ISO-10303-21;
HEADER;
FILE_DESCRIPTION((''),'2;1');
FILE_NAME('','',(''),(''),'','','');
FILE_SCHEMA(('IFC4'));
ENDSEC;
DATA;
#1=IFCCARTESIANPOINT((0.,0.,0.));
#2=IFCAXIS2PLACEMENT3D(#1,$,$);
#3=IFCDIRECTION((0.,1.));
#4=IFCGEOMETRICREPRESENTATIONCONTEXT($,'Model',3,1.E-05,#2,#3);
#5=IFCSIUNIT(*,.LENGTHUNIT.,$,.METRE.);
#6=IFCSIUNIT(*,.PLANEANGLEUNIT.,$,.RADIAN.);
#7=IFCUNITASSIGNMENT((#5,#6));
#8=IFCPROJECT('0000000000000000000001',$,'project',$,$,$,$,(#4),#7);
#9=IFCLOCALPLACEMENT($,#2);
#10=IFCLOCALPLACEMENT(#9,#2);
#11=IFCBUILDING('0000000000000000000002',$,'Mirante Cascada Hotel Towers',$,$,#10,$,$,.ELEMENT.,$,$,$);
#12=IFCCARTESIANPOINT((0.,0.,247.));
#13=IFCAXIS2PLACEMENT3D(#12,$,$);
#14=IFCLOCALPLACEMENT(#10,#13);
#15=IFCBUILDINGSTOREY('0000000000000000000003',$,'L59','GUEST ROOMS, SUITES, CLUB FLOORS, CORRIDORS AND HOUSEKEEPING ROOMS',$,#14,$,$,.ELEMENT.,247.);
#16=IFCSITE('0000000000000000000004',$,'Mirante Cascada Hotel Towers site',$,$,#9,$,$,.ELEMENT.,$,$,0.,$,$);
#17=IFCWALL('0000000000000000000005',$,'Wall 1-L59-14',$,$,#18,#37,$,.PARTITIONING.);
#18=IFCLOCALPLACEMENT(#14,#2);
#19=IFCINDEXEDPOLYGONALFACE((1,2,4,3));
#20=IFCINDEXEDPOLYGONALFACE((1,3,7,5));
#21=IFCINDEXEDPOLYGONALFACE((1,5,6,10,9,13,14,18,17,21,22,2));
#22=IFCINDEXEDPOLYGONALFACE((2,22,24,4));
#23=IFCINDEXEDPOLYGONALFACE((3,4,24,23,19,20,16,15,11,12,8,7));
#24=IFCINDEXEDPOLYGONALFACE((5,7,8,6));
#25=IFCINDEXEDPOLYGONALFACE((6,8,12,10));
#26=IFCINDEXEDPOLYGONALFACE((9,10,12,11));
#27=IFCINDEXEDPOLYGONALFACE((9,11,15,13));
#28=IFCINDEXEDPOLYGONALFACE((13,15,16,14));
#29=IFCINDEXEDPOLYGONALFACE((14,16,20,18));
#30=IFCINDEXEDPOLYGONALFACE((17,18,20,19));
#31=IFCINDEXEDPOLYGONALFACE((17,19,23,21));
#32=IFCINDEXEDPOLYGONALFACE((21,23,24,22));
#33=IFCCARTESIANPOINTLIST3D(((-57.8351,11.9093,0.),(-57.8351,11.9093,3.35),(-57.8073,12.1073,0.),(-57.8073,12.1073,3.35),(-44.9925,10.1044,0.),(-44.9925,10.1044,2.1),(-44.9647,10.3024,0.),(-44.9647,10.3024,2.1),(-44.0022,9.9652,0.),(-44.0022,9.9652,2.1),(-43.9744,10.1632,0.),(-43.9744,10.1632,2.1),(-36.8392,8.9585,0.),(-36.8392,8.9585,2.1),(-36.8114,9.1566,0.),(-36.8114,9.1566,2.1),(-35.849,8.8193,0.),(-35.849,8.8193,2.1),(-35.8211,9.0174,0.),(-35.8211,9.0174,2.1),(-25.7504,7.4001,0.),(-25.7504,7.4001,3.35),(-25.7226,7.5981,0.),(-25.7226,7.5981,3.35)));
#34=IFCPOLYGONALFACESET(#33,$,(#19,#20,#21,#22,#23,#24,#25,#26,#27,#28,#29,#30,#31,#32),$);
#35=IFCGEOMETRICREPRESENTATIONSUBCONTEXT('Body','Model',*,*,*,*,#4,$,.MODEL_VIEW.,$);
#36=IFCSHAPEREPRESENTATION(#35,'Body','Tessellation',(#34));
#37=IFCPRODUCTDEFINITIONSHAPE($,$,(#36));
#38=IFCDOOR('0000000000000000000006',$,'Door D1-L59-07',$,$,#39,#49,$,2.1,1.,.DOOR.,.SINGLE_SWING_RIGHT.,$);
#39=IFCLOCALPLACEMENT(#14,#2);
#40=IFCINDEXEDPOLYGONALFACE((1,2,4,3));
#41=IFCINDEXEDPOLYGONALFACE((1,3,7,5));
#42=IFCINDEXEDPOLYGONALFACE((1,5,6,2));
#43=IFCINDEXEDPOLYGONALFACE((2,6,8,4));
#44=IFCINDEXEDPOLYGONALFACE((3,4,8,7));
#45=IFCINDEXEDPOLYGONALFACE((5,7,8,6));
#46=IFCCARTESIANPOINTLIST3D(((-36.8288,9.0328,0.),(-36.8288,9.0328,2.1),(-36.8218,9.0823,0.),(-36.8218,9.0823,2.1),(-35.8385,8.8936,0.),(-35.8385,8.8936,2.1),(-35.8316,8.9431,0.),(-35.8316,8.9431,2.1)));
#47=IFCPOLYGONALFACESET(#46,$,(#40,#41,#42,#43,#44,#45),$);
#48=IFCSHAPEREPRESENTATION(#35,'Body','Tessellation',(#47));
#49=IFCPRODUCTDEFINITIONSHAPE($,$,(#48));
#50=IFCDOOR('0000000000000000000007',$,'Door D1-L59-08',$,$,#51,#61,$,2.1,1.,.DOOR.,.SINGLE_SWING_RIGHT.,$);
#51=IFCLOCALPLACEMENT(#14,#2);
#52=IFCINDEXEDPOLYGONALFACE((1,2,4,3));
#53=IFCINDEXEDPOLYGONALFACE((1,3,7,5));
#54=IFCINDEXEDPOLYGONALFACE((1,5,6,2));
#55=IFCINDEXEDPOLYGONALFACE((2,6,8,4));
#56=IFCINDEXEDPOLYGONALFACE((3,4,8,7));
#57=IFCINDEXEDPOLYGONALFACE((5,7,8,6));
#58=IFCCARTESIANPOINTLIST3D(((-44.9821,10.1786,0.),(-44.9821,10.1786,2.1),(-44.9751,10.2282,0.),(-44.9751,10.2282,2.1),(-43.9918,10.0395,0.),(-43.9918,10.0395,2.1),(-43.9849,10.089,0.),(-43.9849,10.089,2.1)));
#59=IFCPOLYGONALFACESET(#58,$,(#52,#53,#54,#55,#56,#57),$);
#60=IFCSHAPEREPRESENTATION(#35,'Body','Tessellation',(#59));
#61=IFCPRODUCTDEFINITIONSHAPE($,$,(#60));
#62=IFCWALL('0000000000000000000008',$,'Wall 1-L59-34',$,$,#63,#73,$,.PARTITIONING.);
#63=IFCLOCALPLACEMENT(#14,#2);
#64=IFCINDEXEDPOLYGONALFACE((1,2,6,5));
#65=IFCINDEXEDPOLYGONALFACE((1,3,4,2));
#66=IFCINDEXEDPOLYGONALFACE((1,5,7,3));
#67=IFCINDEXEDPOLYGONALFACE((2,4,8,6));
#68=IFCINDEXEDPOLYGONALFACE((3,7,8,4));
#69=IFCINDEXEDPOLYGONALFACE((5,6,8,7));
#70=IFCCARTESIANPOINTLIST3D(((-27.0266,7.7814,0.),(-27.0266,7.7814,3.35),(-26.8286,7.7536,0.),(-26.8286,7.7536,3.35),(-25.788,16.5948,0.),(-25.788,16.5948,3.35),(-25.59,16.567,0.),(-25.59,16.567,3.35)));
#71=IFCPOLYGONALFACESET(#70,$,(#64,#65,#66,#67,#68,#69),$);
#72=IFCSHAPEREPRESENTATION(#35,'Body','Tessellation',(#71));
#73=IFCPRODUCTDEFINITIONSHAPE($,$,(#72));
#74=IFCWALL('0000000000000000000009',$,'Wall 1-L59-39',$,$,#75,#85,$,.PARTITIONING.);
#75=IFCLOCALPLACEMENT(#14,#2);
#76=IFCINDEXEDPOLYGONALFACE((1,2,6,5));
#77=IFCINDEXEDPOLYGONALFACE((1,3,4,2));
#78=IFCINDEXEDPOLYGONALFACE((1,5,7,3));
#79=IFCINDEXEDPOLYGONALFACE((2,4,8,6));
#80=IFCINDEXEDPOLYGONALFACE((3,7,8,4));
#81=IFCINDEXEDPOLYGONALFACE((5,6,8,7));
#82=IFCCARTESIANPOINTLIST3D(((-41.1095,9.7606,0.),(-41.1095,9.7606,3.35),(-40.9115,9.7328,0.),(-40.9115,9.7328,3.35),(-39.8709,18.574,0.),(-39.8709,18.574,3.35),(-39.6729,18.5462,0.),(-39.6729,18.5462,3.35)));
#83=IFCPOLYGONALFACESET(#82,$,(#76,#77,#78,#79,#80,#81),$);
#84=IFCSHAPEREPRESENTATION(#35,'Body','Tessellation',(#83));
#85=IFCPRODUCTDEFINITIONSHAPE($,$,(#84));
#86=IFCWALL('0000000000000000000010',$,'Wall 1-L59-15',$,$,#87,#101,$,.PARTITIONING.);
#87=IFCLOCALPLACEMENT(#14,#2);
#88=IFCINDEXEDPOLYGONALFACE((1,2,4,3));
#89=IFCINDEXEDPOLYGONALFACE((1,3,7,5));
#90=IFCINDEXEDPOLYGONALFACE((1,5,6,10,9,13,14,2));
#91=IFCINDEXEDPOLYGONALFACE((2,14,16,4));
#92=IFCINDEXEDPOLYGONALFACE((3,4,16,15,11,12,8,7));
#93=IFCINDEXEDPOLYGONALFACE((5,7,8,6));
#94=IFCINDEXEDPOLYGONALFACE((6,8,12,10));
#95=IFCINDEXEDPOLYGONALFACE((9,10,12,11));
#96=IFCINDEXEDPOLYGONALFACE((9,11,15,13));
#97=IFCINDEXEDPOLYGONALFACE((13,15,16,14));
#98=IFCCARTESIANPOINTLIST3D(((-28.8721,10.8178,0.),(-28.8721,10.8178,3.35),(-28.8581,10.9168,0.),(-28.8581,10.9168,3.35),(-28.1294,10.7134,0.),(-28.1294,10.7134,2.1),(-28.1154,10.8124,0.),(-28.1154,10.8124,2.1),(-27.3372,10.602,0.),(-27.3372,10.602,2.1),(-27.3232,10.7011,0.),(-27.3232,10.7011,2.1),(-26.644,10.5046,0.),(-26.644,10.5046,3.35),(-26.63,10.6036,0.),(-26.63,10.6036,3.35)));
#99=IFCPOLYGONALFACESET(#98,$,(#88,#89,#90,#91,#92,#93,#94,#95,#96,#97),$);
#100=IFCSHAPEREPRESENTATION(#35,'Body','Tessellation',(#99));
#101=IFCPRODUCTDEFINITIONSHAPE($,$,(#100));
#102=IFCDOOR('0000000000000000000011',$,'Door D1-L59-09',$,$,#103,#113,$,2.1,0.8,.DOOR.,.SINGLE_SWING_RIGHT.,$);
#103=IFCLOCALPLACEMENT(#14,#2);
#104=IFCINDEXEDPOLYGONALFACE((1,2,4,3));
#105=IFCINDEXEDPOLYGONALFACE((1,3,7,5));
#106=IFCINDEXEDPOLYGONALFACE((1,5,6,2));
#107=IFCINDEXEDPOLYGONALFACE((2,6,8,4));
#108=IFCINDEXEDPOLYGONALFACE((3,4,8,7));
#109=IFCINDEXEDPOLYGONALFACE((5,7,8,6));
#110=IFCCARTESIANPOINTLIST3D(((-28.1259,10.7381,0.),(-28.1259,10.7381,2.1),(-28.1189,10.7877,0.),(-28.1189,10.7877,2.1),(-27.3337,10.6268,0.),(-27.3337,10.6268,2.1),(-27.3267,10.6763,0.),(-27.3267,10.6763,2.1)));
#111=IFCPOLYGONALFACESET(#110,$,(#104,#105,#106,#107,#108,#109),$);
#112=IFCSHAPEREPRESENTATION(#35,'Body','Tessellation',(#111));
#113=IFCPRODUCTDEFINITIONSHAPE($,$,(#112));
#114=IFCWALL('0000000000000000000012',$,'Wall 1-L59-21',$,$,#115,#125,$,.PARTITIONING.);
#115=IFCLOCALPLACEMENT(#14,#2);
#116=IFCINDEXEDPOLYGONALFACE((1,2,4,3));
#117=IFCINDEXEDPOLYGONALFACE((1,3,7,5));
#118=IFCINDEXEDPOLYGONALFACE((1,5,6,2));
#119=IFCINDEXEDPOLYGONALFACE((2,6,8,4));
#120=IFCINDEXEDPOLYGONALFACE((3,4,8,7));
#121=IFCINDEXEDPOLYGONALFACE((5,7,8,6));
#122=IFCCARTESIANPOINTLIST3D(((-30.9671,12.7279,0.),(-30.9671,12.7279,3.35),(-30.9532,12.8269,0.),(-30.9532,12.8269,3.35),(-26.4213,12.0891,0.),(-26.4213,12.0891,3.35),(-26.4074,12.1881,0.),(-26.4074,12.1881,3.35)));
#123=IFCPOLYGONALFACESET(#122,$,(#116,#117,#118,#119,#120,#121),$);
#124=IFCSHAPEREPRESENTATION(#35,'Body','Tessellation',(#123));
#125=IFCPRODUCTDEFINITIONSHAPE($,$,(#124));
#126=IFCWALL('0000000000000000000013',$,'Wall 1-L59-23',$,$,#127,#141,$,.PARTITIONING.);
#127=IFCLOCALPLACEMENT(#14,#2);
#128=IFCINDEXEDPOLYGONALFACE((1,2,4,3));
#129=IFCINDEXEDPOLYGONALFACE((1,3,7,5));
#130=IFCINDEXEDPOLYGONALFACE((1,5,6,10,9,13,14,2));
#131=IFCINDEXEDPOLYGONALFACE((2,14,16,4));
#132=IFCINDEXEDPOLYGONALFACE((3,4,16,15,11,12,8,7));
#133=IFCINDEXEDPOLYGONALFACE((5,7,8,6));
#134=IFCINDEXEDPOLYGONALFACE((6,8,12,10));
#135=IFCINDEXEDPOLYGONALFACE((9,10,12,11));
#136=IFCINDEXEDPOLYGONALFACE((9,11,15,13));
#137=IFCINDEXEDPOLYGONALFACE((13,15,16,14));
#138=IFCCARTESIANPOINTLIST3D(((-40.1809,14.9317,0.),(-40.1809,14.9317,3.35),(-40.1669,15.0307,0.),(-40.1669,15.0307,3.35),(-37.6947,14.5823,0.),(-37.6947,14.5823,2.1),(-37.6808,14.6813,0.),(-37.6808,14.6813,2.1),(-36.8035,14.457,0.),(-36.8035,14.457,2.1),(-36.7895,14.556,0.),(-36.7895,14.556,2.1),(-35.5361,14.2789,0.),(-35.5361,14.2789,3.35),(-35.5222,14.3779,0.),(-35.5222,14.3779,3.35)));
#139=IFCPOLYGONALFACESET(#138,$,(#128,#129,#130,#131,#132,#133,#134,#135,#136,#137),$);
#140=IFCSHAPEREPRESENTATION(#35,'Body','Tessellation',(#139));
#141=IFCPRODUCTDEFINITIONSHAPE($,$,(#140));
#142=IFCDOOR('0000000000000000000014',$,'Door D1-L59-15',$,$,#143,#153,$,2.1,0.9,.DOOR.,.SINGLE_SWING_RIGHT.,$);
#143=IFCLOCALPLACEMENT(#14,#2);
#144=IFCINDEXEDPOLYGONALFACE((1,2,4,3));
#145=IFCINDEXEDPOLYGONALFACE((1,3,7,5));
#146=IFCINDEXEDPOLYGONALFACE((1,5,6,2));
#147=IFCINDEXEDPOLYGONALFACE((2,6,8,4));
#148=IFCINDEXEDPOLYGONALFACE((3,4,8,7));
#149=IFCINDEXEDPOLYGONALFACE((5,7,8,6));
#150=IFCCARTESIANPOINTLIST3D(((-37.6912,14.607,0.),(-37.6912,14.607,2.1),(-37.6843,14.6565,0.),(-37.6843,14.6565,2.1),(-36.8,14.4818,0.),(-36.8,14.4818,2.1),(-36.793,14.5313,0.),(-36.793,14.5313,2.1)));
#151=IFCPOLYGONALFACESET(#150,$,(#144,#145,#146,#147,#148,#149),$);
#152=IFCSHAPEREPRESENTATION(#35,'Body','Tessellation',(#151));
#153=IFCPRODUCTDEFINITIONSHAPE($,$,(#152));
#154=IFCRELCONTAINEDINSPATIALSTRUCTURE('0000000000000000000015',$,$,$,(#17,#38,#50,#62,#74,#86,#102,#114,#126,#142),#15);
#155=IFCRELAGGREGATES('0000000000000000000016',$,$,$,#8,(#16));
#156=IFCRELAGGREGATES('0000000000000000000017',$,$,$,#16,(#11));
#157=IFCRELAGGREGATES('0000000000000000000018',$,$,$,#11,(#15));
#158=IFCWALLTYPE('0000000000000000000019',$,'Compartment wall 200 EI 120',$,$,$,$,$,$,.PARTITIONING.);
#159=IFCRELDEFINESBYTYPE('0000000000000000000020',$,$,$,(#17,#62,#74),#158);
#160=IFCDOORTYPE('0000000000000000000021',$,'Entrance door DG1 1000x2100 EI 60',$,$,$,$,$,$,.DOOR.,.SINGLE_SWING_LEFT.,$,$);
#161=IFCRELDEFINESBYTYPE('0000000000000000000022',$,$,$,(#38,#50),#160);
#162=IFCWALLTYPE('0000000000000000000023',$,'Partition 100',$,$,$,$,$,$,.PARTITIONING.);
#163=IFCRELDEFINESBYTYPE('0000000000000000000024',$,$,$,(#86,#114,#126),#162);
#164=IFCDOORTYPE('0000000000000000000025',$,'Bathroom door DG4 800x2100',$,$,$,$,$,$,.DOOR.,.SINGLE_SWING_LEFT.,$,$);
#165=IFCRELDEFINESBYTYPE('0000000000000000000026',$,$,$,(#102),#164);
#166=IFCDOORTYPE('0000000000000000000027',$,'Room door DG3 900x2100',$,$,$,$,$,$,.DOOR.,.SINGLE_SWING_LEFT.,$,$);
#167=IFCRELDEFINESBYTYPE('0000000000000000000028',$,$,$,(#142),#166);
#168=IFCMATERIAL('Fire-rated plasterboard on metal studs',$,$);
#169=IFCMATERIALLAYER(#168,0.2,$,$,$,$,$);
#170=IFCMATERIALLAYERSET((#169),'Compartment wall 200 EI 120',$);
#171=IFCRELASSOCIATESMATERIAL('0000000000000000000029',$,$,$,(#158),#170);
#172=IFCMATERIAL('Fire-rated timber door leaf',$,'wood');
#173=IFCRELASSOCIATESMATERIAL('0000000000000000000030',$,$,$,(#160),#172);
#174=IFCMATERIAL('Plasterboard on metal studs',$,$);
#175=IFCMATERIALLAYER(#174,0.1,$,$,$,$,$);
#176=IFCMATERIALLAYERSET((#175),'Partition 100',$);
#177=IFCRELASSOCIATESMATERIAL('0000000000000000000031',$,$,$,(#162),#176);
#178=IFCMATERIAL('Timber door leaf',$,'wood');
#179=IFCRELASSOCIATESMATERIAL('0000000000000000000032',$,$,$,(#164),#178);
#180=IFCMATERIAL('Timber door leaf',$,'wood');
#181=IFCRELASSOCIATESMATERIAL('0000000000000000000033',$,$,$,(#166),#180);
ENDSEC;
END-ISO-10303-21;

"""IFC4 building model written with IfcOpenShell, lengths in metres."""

from ifc_helpers import new_model, si_unit, direction, frame, frame_2d, origin, place, context, subcontext, project, spatial, rectangle, extrude, material, layer, layer_set, type_object, element, fill, save


model = new_model("IFC4")

# Units and contexts
model_context = context("Model", 3, precision=1e-05, world=origin(), true_north=direction((0.0, 1.0)))
body_context = subcontext(model_context, "Body", "Model", "MODEL_VIEW")
ifc_project = project(units=[si_unit("LENGTHUNIT", "METRE"), si_unit("PLANEANGLEUNIT", "RADIAN")], contexts=[model_context])

# Site, building, storey
site_placement = place(None, origin())
site = spatial("IfcSite", under=ifc_project, at=site_placement, Name="Mirante Cascada Hotel Towers site", CompositionType="ELEMENT", RefElevation=0.0)
building_placement = place(site_placement, origin())
building = spatial("IfcBuilding", under=site, at=building_placement, Name="Mirante Cascada Hotel Towers", CompositionType="ELEMENT")
storey_placement = place(building_placement, frame((0.0, 0.0, 247.0)))
storey = spatial("IfcBuildingStorey", under=building, at=storey_placement, Name="L59", Description="GUEST ROOMS, SUITES, CLUB FLOORS, CORRIDORS AND HOUSEKEEPING ROOMS", CompositionType="ELEMENT", Elevation=247.0)

# Wall, openings, doors
ifc_material_1 = material(Name="Fire-rated plasterboard on metal studs")
ifc_layer_1 = layer(ifc_material_1, 0.2)
ifc_layer_set_1 = layer_set([ifc_layer_1], Name="Compartment wall 200 EI 120")
wall_type_1 = type_object("IfcWallType", Name="Compartment wall 200 EI 120", PredefinedType="PARTITIONING", material=ifc_layer_set_1)
wall_1_placement = place(storey_placement, frame((-25.7365, 7.4991, 0.0), z_axis=(0.0, 0.0, 1.0), x_axis=(-0.990268, 0.139173, 0.0)))
wall_1 = element("IfcWall", 1, at=wall_1_placement, inside=storey, type_object=wall_type_1, Name="Wall 1-L59-14", PredefinedType="PARTITIONING", context=body_context, shape_type="SweptSolid", body=[
    extrude(rectangle(XDim=32.4, YDim=0.2, at=frame_2d((16.2, 0.0))), origin(), (0.0, 0.0, 1.0), 3.35),
])
opening_1_placement = place(wall_1_placement, frame((10.1978, 0.0, 0.0)))
opening_1 = element("IfcOpeningElement", 2, at=opening_1_placement, cuts=wall_1, PredefinedType="OPENING", context=body_context, shape_type="SweptSolid", body=[
    extrude(rectangle(XDim=1.0, YDim=2.1, at=frame_2d((0.5, 1.05))), frame((0.0, 0.1, 0.0), z_axis=(0.0, -1.0, 0.0), x_axis=(1.0, 0.0, 0.0)), (0.0, 0.0, 1.0), 0.2),
])
opening_2_placement = place(wall_1_placement, frame((18.4312, 0.0, 0.0)))
opening_2 = element("IfcOpeningElement", 3, at=opening_2_placement, cuts=wall_1, PredefinedType="OPENING", context=body_context, shape_type="SweptSolid", body=[
    extrude(rectangle(XDim=1.0, YDim=2.1, at=frame_2d((0.5, 1.05))), frame((0.0, 0.1, 0.0), z_axis=(0.0, -1.0, 0.0), x_axis=(1.0, 0.0, 0.0)), (0.0, 0.0, 1.0), 0.2),
])
ifc_material_2 = material(Name="Fire-rated timber door leaf", Category="wood")
door_type_1 = type_object("IfcDoorType", Name="Entrance door DG1 1000x2100 EI 60", OperationType="SINGLE_SWING_LEFT", PredefinedType="DOOR", material=ifc_material_2)
door_1_placement = place(opening_1_placement, frame((1.0, 0.0, 0.0), z_axis=(0.0, 0.0, 1.0), x_axis=(-1.0, 0.0, 0.0)))
door_1 = element("IfcDoor", 4, at=door_1_placement, inside=storey, type_object=door_type_1, Name="Door D1-L59-07", OperationType="SINGLE_SWING_RIGHT", OverallHeight=2.1, OverallWidth=1.0, PredefinedType="DOOR", context=body_context, shape_type="SweptSolid", body=[
    extrude(rectangle(XDim=1.0, YDim=2.1, at=frame_2d((0.5, 1.05))), frame((0.0, 0.025, 0.0), z_axis=(0.0, -1.0, 0.0), x_axis=(1.0, 0.0, 0.0)), (0.0, 0.0, 1.0), 0.05),
])
fill(opening_1, door_1)
door_2_placement = place(opening_2_placement, frame((1.0, 0.0, 0.0), z_axis=(0.0, 0.0, 1.0), x_axis=(-1.0, 0.0, 0.0)))
door_2 = element("IfcDoor", 5, at=door_2_placement, inside=storey, type_object=door_type_1, Name="Door D1-L59-08", OperationType="SINGLE_SWING_RIGHT", OverallHeight=2.1, OverallWidth=1.0, PredefinedType="DOOR", context=body_context, shape_type="SweptSolid", body=[
    extrude(rectangle(XDim=1.0, YDim=2.1, at=frame_2d((0.5, 1.05))), frame((0.0, 0.025, 0.0), z_axis=(0.0, -1.0, 0.0), x_axis=(1.0, 0.0, 0.0)), (0.0, 0.0, 1.0), 0.05),
])
fill(opening_2, door_2)

# Walls
for number, where, z_axis, x_axis, name in (
    (6, (-26.9276, 7.7675, 0.0), (0.0, 0.0, 1.0), (0.139168, 0.990269, 0.0), "Wall 1-L59-34"),
    (7, (-39.7719, 18.5601, 0.0), (0.0, 0.0, 1.0), (-0.139168, -0.990269, 0.0), "Wall 1-L59-39"),
):
    element("IfcWall", number, at=place(storey_placement, frame(where, z_axis=z_axis, x_axis=x_axis)), inside=storey, type_object=wall_type_1, Name=name, PredefinedType="PARTITIONING", context=body_context, shape_type="SweptSolid", body=[
        extrude(rectangle(XDim=8.9, YDim=0.2, at=frame_2d((4.45, 0.0))), origin(), (0.0, 0.0, 1.0), 3.35),
    ])

# Wall, opening, door
ifc_material_3 = material(Name="Plasterboard on metal studs")
ifc_layer_2 = layer(ifc_material_3, 0.1)
ifc_layer_set_2 = layer_set([ifc_layer_2], Name="Partition 100")
wall_type_2 = type_object("IfcWallType", Name="Partition 100", PredefinedType="PARTITIONING", material=ifc_layer_set_2)
wall_2_placement = place(storey_placement, frame((-28.8651, 10.8673, 0.0), z_axis=(0.0, 0.0, 1.0), x_axis=(0.990264, -0.1392, 0.0)))
wall_2 = element("IfcWall", 8, at=wall_2_placement, inside=storey, type_object=wall_type_2, Name="Wall 1-L59-15", PredefinedType="PARTITIONING", context=body_context, shape_type="SweptSolid", body=[
    extrude(rectangle(XDim=2.25, YDim=0.1, at=frame_2d((1.125, 0.0))), origin(), (0.0, 0.0, 1.0), 3.35),
])
opening_3_placement = place(wall_2_placement, frame((0.75, 0.0, 0.0)))
opening_3 = element("IfcOpeningElement", 9, at=opening_3_placement, cuts=wall_2, PredefinedType="OPENING", context=body_context, shape_type="SweptSolid", body=[
    extrude(rectangle(XDim=0.8, YDim=2.1, at=frame_2d((0.4, 1.05))), frame((0.0, 0.05, 0.0), z_axis=(0.0, -1.0, 0.0), x_axis=(1.0, 0.0, 0.0)), (0.0, 0.0, 1.0), 0.1),
])
ifc_material_4 = material(Name="Timber door leaf", Category="wood")
door_type_2 = type_object("IfcDoorType", Name="Bathroom door DG4 800x2100", OperationType="SINGLE_SWING_LEFT", PredefinedType="DOOR", material=ifc_material_4)
door_3_placement = place(opening_3_placement, frame((0.8, 0.0, 0.0), z_axis=(0.0, 0.0, 1.0), x_axis=(-1.0, 0.0, 0.0)))
door_3 = element("IfcDoor", 10, at=door_3_placement, inside=storey, type_object=door_type_2, Name="Door D1-L59-09", OperationType="SINGLE_SWING_RIGHT", OverallHeight=2.1, OverallWidth=0.8, PredefinedType="DOOR", context=body_context, shape_type="SweptSolid", body=[
    extrude(rectangle(XDim=0.8, YDim=2.1, at=frame_2d((0.4, 1.05))), frame((0.0, 0.025, 0.0), z_axis=(0.0, -1.0, 0.0), x_axis=(1.0, 0.0, 0.0)), (0.0, 0.0, 1.0), 0.05),
])
fill(opening_3, door_3)

# Wall
wall_3_placement = place(storey_placement, frame((-30.9601, 12.7774, 0.0), z_axis=(0.0, 0.0, 1.0), x_axis=(0.99027, -0.139158, 0.0)))
element("IfcWall", 11, at=wall_3_placement, inside=storey, type_object=wall_type_2, Name="Wall 1-L59-21", PredefinedType="PARTITIONING", context=body_context, shape_type="SweptSolid", body=[
    extrude(rectangle(XDim=4.5905, YDim=0.1, at=frame_2d((2.2952, 0.0))), origin(), (0.0, 0.0, 1.0), 3.35),
])

# Wall, opening, door
wall_4_placement = place(storey_placement, frame((-40.1739, 14.9812, 0.0), z_axis=(0.0, 0.0, 1.0), x_axis=(0.990268, -0.139176, 0.0)))
wall_4 = element("IfcWall", 12, at=wall_4_placement, inside=storey, type_object=wall_type_2, Name="Wall 1-L59-23", PredefinedType="PARTITIONING", context=body_context, shape_type="SweptSolid", body=[
    extrude(rectangle(XDim=4.6904, YDim=0.1, at=frame_2d((2.3452, 0.0))), origin(), (0.0, 0.0, 1.0), 3.35),
])
opening_4_placement = place(wall_4_placement, frame((2.5106, 0.0, 0.0)))
opening_4 = element("IfcOpeningElement", 13, at=opening_4_placement, cuts=wall_4, PredefinedType="OPENING", context=body_context, shape_type="SweptSolid", body=[
    extrude(rectangle(XDim=0.9, YDim=2.1, at=frame_2d((0.45, 1.05))), frame((0.0, 0.05, 0.0), z_axis=(0.0, -1.0, 0.0), x_axis=(1.0, 0.0, 0.0)), (0.0, 0.0, 1.0), 0.1),
])
ifc_material_5 = material(Name="Timber door leaf", Category="wood")
door_type_3 = type_object("IfcDoorType", Name="Room door DG3 900x2100", OperationType="SINGLE_SWING_LEFT", PredefinedType="DOOR", material=ifc_material_5)
door_4_placement = place(opening_4_placement, frame((0.9, 0.0, 0.0), z_axis=(0.0, 0.0, 1.0), x_axis=(-1.0, 0.0, 0.0)))
door_4 = element("IfcDoor", 14, at=door_4_placement, inside=storey, type_object=door_type_3, Name="Door D1-L59-15", OperationType="SINGLE_SWING_RIGHT", OverallHeight=2.1, OverallWidth=0.9, PredefinedType="DOOR", context=body_context, shape_type="SweptSolid", body=[
    extrude(rectangle(XDim=0.9, YDim=2.1, at=frame_2d((0.45, 1.05))), frame((0.0, 0.025, 0.0), z_axis=(0.0, -1.0, 0.0), x_axis=(1.0, 0.0, 0.0)), (0.0, 0.0, 1.0), 0.05),
])
fill(opening_4, door_4)

save(model, "model.ifc")
